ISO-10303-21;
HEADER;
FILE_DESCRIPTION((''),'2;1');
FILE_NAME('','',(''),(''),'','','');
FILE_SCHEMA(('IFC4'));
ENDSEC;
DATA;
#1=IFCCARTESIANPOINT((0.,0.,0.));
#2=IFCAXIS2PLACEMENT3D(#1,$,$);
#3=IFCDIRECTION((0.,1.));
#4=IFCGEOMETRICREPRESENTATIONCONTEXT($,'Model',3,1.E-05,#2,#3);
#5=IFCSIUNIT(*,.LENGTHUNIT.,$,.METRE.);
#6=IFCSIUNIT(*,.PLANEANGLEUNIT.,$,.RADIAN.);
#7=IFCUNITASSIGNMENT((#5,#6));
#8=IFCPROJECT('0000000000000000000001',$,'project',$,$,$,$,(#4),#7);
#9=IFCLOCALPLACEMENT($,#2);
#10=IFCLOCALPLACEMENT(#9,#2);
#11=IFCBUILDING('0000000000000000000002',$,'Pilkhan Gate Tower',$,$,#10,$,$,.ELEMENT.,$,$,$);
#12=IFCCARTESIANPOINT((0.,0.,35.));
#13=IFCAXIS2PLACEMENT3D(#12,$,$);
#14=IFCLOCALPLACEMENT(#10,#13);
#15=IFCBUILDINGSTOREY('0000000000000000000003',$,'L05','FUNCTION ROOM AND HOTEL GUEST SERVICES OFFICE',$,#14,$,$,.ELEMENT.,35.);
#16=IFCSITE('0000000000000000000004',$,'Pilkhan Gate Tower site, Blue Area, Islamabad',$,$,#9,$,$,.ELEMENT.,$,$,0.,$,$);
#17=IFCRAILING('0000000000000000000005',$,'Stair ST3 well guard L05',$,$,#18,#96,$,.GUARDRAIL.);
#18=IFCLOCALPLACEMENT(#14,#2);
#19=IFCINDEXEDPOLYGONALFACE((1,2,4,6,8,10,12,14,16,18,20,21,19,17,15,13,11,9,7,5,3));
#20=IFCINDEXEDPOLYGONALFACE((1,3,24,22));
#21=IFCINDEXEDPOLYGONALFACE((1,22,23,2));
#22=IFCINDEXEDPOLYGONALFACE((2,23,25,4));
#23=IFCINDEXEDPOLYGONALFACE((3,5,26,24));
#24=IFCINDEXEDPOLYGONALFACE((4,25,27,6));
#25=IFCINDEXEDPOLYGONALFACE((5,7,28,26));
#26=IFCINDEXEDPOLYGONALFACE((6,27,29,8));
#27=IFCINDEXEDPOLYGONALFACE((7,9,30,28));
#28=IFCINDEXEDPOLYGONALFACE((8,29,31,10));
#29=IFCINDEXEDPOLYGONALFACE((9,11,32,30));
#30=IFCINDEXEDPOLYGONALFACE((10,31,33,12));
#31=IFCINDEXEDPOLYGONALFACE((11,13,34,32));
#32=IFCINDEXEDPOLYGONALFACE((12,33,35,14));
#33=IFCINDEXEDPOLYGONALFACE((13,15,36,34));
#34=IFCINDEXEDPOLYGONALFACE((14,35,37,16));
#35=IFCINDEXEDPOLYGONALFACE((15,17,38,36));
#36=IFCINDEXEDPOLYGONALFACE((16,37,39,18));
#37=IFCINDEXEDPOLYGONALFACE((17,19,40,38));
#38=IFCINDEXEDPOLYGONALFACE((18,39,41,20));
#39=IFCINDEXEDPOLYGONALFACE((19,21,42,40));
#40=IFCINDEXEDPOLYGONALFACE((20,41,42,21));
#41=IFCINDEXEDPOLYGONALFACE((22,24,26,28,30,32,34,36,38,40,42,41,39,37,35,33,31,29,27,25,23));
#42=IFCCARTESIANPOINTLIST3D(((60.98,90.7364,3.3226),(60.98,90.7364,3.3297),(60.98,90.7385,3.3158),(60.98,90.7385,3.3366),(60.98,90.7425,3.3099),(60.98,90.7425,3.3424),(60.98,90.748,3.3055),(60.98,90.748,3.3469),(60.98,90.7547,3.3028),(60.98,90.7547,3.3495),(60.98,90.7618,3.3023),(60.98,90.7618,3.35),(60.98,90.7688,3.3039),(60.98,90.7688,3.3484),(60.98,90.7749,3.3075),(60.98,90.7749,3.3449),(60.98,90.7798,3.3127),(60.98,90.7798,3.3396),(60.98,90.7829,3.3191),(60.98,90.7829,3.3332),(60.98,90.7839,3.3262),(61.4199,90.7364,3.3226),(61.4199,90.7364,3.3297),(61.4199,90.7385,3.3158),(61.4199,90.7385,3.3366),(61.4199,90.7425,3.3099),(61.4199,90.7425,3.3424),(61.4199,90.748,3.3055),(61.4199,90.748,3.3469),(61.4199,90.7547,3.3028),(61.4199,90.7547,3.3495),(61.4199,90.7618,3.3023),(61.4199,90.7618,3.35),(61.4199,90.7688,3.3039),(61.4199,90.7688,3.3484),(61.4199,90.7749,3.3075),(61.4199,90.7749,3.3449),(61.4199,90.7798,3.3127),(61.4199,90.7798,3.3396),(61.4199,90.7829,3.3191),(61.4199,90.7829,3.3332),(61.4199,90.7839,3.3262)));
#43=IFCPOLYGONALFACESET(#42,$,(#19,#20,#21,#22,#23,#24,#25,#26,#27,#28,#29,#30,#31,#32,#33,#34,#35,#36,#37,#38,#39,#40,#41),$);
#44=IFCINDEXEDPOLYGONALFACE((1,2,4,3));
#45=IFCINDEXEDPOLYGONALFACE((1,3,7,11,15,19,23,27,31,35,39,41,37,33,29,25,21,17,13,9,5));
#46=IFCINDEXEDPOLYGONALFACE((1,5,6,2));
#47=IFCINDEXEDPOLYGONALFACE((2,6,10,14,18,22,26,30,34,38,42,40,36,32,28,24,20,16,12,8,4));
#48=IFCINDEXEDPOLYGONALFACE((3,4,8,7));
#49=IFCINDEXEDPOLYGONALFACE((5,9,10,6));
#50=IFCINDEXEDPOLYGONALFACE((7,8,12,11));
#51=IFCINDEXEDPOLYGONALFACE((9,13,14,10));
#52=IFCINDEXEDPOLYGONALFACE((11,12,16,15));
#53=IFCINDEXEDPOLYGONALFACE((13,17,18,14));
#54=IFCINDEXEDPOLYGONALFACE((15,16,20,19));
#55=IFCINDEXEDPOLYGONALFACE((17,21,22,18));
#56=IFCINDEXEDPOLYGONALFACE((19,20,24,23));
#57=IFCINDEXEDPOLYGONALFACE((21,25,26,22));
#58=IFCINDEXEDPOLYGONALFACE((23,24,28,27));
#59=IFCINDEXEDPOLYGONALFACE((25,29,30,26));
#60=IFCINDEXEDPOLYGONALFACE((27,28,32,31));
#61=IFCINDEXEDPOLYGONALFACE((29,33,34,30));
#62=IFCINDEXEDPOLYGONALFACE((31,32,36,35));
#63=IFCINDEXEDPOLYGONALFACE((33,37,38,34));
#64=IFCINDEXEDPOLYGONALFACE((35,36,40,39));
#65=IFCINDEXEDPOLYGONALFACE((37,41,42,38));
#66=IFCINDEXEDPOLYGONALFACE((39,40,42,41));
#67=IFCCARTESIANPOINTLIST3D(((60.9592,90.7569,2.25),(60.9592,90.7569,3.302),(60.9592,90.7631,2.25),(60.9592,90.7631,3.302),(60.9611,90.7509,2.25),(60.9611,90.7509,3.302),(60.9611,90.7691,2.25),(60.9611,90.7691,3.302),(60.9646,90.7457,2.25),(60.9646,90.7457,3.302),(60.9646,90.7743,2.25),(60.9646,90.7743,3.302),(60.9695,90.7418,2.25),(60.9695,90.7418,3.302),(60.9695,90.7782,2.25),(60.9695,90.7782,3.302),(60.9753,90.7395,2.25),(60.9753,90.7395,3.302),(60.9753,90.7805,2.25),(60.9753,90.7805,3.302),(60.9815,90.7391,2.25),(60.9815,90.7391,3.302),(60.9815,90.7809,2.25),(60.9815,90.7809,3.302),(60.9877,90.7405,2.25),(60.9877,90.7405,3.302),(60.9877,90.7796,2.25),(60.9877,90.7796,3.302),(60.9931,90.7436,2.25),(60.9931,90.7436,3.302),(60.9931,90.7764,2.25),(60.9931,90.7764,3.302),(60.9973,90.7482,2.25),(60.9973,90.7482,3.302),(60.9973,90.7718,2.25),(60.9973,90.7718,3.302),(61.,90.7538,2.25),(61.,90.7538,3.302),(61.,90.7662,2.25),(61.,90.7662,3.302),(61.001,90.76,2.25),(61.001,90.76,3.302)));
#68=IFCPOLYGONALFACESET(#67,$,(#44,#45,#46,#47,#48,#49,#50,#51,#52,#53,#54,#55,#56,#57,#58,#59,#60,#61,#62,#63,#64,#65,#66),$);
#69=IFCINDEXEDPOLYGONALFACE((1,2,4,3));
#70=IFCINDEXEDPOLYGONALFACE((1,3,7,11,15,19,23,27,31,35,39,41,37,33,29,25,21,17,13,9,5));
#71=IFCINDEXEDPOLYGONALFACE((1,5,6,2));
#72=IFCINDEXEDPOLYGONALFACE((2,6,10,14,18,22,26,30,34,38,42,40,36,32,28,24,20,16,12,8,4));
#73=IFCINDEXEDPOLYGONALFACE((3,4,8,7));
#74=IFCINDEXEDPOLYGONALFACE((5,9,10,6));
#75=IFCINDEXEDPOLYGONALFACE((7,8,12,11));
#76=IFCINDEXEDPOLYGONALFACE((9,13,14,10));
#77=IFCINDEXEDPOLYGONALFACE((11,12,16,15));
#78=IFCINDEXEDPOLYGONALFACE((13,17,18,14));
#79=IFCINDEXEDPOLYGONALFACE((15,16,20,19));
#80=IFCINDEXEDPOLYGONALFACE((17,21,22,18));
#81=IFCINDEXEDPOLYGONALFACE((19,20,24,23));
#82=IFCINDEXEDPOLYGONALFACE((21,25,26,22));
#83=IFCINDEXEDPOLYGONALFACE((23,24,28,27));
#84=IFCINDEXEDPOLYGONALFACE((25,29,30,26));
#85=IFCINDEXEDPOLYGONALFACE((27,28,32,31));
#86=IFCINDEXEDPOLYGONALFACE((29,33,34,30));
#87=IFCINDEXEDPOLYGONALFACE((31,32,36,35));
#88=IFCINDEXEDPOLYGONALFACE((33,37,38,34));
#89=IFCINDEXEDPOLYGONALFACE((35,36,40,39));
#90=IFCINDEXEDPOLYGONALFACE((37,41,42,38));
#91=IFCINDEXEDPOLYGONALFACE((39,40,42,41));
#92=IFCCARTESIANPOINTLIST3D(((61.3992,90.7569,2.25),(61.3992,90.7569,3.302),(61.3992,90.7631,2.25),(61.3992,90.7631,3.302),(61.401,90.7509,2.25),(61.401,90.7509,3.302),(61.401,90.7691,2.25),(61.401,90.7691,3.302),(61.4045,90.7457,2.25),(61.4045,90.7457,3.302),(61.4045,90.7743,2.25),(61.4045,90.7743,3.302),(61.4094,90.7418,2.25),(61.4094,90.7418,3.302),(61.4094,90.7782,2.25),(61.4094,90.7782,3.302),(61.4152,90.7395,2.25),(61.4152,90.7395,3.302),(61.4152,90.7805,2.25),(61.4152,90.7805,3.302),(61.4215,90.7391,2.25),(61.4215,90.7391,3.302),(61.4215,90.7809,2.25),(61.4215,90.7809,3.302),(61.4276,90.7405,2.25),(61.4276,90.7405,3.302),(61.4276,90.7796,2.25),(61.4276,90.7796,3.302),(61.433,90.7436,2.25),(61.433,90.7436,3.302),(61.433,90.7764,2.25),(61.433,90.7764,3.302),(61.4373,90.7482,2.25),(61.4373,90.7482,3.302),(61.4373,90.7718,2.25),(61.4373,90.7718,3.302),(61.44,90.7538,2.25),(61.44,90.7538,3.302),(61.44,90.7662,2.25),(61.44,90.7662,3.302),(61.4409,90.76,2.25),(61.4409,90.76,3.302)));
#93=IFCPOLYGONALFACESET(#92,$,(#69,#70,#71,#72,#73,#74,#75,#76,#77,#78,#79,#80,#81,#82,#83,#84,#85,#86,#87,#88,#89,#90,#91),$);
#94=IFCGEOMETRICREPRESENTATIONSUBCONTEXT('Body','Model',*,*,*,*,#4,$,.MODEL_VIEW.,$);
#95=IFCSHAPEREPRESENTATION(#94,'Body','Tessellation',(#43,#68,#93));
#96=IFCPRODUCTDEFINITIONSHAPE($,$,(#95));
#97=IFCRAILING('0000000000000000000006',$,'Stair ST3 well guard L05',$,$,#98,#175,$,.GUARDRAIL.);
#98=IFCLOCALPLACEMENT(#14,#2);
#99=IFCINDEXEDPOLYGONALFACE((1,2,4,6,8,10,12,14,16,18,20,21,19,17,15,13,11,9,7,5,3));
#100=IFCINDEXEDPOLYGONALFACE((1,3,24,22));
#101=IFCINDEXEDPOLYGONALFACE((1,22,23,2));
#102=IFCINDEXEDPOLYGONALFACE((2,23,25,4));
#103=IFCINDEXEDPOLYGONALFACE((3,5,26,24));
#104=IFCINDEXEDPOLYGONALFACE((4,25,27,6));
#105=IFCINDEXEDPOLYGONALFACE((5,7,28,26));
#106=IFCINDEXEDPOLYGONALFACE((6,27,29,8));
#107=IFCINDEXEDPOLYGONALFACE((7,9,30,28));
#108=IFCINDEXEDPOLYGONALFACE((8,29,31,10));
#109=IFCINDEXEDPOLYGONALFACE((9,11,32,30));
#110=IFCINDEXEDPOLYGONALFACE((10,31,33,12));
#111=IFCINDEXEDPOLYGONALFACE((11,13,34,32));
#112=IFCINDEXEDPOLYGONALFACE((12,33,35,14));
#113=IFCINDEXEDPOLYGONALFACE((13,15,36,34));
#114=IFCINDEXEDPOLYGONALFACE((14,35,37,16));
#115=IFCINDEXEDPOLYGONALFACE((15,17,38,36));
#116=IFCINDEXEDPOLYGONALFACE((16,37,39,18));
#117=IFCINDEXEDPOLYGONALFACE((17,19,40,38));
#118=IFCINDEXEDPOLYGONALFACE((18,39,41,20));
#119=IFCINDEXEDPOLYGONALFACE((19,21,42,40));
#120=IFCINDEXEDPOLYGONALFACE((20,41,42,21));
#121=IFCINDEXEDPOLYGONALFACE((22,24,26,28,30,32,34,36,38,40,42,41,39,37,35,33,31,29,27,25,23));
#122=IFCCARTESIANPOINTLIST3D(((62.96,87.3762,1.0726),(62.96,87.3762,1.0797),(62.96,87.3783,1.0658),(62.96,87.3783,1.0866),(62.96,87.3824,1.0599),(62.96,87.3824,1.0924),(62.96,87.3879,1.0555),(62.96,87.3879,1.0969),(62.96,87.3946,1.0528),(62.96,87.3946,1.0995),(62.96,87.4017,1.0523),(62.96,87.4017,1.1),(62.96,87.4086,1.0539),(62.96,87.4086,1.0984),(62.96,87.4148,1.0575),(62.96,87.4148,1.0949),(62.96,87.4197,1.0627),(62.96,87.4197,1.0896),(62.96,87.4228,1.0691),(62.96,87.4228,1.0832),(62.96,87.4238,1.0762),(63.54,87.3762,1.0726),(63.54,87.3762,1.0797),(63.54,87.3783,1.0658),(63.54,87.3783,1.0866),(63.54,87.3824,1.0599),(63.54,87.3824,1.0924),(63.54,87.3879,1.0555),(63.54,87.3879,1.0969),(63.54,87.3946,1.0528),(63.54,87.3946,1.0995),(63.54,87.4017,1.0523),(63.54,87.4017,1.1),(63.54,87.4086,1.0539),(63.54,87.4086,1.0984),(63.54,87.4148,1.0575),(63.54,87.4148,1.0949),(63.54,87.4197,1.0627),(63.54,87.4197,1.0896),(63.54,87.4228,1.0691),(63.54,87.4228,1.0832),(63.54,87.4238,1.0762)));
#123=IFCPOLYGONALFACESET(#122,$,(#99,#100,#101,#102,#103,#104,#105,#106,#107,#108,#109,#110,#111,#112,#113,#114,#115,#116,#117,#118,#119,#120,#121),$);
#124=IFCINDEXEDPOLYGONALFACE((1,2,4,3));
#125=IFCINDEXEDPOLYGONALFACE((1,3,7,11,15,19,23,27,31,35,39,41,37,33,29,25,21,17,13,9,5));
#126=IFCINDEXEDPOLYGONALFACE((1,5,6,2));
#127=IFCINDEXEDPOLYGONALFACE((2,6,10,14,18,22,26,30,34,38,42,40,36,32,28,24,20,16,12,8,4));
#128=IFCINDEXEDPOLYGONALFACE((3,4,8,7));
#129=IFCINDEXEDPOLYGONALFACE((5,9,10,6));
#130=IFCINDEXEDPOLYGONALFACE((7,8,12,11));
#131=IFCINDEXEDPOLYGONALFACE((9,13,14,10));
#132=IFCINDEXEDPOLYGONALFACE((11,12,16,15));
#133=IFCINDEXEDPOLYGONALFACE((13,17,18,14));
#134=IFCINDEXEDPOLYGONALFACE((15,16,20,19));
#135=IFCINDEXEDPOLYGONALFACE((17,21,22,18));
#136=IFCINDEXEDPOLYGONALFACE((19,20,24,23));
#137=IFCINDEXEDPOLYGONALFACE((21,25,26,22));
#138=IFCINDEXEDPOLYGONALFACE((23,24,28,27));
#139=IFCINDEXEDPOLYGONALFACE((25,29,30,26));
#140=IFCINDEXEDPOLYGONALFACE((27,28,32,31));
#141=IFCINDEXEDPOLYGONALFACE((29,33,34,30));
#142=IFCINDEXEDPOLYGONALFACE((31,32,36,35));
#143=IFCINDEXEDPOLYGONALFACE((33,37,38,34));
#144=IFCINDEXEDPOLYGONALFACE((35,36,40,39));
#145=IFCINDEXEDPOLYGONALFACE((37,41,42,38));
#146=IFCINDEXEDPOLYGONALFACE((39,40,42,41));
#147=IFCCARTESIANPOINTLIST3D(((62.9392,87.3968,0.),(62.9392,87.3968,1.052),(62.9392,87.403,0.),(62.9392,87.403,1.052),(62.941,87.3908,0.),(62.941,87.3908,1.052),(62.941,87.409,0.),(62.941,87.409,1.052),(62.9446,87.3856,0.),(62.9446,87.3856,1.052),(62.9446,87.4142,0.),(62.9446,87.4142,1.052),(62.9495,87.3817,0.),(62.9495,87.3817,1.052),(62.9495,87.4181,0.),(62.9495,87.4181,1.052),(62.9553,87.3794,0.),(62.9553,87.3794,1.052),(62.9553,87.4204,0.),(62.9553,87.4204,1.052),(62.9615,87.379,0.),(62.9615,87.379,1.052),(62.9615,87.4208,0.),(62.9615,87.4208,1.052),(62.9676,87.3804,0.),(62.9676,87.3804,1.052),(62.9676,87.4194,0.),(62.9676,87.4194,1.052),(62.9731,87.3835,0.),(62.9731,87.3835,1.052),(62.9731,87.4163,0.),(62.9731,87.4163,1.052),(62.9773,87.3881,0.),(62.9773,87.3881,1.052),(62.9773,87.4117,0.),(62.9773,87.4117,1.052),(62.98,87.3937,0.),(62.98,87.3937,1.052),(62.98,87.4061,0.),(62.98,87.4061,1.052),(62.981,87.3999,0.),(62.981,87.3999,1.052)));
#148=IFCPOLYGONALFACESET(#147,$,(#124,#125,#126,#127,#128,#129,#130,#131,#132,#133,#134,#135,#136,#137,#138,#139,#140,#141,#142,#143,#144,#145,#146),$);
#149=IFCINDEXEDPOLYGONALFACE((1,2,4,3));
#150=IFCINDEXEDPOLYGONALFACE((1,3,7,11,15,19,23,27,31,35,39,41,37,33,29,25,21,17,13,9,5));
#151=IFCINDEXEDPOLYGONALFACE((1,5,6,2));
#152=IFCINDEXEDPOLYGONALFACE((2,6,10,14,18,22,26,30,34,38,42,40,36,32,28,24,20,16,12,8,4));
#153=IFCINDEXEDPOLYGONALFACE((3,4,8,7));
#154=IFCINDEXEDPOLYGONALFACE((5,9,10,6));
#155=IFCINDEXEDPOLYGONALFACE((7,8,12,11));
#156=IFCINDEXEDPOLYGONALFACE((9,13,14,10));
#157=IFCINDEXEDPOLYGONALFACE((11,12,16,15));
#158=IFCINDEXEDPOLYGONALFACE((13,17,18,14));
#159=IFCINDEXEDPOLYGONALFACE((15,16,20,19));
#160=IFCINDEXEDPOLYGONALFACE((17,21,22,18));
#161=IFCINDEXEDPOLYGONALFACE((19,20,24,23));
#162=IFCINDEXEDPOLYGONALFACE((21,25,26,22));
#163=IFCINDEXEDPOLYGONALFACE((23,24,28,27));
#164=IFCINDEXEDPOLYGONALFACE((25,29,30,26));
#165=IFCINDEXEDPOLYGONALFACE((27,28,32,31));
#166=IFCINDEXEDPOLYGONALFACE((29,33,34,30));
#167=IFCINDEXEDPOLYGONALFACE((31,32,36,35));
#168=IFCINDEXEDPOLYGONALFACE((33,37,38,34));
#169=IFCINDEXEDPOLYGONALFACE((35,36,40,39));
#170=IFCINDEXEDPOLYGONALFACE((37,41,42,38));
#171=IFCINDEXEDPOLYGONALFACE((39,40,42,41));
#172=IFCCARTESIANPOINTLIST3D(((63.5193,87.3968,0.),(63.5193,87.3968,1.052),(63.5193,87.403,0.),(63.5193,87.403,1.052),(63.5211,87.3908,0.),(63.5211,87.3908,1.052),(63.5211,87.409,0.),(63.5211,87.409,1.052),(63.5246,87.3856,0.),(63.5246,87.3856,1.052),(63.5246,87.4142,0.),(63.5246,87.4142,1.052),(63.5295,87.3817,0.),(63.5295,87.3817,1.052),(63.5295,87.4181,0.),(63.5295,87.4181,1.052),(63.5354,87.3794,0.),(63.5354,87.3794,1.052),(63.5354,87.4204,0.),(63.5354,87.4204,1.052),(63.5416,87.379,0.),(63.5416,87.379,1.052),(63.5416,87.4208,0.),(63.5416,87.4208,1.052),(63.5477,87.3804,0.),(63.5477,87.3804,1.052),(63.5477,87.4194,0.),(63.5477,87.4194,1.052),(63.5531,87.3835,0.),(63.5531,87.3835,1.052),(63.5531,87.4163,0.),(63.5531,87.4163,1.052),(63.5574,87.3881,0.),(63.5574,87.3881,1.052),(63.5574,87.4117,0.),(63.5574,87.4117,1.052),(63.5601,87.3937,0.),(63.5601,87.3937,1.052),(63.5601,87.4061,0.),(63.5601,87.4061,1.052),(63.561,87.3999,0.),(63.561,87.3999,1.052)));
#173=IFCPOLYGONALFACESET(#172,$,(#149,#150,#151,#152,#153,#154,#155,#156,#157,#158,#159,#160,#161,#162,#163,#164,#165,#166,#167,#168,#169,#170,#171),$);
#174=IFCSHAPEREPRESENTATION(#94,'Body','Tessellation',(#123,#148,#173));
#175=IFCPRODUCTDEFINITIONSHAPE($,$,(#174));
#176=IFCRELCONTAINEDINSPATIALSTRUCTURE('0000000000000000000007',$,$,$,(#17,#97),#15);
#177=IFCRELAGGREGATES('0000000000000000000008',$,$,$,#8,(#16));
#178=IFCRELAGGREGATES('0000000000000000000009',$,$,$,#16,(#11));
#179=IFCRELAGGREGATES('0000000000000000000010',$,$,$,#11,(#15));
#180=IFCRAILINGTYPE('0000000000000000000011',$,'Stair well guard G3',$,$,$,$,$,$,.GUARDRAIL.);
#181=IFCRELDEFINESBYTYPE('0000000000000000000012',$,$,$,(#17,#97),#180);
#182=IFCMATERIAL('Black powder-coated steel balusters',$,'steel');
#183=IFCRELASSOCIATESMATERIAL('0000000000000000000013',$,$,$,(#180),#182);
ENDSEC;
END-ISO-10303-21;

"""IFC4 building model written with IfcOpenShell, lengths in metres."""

from ifc_helpers import new_model, si_unit, direction, frame, origin, origin_2d, place, context, subcontext, project, spatial, circle, extrude, material, type_object, element, save


model = new_model("IFC4")

# Units and contexts
model_context = context("Model", 3, precision=1e-05, world=origin(), true_north=direction((0.0, 1.0)))
body_context = subcontext(model_context, "Body", "Model", "MODEL_VIEW")
ifc_project = project(units=[si_unit("LENGTHUNIT", "METRE"), si_unit("PLANEANGLEUNIT", "RADIAN")], contexts=[model_context])

# Site, building, storey
site_placement = place(None, origin())
site = spatial("IfcSite", under=ifc_project, at=site_placement, Name="Pilkhan Gate Tower site, Blue Area, Islamabad", CompositionType="ELEMENT", RefElevation=0.0)
building_placement = place(site_placement, origin())
building = spatial("IfcBuilding", under=site, at=building_placement, Name="Pilkhan Gate Tower", CompositionType="ELEMENT")
storey_placement = place(building_placement, frame((0.0, 0.0, 35.0)))
storey = spatial("IfcBuildingStorey", under=building, at=storey_placement, Name="L05", Description="FUNCTION ROOM AND HOTEL GUEST SERVICES OFFICE", CompositionType="ELEMENT", Elevation=35.0)

# Railings
ifc_material_1 = material(Name="Black powder-coated steel balusters", Category="steel")
railing_type_1 = type_object("IfcRailingType", Name="Stair well guard G3", PredefinedType="GUARDRAIL", material=ifc_material_1)
railing_1_placement = place(storey_placement, frame((60.98, 90.76, 2.25)))
element("IfcRailing", 1, at=railing_1_placement, inside=storey, type_object=railing_type_1, Name="Stair ST3 well guard L05", PredefinedType="GUARDRAIL", context=body_context, shape_type="SweptSolid", body=[
    extrude(circle(Radius=0.0239, at=origin_2d()), frame((0.0, 0.0, 1.0762), z_axis=(1.0, 0.0, 0.0), x_axis=(0.0, 1.0, 0.0)), (0.0, 0.0, 1.0), 0.4399),
    extrude(circle(Radius=0.021, at=origin_2d()), origin(), (0.0, 0.0, 1.0), 1.052),
    extrude(circle(Radius=0.021, at=origin_2d()), frame((0.4399, 0.0, 0.0)), (0.0, 0.0, 1.0), 1.052),
])
for number, where, name in (
    (2, (62.96, 87.3999, 0.0), "Stair ST3 well guard L05"),
):
    element("IfcRailing", number, at=place(storey_placement, frame(where)), inside=storey, type_object=railing_type_1, Name=name, PredefinedType="GUARDRAIL", context=body_context, shape_type="SweptSolid", body=[
        extrude(circle(Radius=0.0239, at=origin_2d()), frame((0.0, 0.0, 1.0762), z_axis=(1.0, 0.0, 0.0), x_axis=(0.0, 1.0, 0.0)), (0.0, 0.0, 1.0), 0.5801),
        extrude(circle(Radius=0.021, at=origin_2d()), origin(), (0.0, 0.0, 1.0), 1.052),
        extrude(circle(Radius=0.021, at=origin_2d()), frame((0.5801, 0.0, 0.0)), (0.0, 0.0, 1.0), 1.052),
    ])

save(model, "model.ifc")
